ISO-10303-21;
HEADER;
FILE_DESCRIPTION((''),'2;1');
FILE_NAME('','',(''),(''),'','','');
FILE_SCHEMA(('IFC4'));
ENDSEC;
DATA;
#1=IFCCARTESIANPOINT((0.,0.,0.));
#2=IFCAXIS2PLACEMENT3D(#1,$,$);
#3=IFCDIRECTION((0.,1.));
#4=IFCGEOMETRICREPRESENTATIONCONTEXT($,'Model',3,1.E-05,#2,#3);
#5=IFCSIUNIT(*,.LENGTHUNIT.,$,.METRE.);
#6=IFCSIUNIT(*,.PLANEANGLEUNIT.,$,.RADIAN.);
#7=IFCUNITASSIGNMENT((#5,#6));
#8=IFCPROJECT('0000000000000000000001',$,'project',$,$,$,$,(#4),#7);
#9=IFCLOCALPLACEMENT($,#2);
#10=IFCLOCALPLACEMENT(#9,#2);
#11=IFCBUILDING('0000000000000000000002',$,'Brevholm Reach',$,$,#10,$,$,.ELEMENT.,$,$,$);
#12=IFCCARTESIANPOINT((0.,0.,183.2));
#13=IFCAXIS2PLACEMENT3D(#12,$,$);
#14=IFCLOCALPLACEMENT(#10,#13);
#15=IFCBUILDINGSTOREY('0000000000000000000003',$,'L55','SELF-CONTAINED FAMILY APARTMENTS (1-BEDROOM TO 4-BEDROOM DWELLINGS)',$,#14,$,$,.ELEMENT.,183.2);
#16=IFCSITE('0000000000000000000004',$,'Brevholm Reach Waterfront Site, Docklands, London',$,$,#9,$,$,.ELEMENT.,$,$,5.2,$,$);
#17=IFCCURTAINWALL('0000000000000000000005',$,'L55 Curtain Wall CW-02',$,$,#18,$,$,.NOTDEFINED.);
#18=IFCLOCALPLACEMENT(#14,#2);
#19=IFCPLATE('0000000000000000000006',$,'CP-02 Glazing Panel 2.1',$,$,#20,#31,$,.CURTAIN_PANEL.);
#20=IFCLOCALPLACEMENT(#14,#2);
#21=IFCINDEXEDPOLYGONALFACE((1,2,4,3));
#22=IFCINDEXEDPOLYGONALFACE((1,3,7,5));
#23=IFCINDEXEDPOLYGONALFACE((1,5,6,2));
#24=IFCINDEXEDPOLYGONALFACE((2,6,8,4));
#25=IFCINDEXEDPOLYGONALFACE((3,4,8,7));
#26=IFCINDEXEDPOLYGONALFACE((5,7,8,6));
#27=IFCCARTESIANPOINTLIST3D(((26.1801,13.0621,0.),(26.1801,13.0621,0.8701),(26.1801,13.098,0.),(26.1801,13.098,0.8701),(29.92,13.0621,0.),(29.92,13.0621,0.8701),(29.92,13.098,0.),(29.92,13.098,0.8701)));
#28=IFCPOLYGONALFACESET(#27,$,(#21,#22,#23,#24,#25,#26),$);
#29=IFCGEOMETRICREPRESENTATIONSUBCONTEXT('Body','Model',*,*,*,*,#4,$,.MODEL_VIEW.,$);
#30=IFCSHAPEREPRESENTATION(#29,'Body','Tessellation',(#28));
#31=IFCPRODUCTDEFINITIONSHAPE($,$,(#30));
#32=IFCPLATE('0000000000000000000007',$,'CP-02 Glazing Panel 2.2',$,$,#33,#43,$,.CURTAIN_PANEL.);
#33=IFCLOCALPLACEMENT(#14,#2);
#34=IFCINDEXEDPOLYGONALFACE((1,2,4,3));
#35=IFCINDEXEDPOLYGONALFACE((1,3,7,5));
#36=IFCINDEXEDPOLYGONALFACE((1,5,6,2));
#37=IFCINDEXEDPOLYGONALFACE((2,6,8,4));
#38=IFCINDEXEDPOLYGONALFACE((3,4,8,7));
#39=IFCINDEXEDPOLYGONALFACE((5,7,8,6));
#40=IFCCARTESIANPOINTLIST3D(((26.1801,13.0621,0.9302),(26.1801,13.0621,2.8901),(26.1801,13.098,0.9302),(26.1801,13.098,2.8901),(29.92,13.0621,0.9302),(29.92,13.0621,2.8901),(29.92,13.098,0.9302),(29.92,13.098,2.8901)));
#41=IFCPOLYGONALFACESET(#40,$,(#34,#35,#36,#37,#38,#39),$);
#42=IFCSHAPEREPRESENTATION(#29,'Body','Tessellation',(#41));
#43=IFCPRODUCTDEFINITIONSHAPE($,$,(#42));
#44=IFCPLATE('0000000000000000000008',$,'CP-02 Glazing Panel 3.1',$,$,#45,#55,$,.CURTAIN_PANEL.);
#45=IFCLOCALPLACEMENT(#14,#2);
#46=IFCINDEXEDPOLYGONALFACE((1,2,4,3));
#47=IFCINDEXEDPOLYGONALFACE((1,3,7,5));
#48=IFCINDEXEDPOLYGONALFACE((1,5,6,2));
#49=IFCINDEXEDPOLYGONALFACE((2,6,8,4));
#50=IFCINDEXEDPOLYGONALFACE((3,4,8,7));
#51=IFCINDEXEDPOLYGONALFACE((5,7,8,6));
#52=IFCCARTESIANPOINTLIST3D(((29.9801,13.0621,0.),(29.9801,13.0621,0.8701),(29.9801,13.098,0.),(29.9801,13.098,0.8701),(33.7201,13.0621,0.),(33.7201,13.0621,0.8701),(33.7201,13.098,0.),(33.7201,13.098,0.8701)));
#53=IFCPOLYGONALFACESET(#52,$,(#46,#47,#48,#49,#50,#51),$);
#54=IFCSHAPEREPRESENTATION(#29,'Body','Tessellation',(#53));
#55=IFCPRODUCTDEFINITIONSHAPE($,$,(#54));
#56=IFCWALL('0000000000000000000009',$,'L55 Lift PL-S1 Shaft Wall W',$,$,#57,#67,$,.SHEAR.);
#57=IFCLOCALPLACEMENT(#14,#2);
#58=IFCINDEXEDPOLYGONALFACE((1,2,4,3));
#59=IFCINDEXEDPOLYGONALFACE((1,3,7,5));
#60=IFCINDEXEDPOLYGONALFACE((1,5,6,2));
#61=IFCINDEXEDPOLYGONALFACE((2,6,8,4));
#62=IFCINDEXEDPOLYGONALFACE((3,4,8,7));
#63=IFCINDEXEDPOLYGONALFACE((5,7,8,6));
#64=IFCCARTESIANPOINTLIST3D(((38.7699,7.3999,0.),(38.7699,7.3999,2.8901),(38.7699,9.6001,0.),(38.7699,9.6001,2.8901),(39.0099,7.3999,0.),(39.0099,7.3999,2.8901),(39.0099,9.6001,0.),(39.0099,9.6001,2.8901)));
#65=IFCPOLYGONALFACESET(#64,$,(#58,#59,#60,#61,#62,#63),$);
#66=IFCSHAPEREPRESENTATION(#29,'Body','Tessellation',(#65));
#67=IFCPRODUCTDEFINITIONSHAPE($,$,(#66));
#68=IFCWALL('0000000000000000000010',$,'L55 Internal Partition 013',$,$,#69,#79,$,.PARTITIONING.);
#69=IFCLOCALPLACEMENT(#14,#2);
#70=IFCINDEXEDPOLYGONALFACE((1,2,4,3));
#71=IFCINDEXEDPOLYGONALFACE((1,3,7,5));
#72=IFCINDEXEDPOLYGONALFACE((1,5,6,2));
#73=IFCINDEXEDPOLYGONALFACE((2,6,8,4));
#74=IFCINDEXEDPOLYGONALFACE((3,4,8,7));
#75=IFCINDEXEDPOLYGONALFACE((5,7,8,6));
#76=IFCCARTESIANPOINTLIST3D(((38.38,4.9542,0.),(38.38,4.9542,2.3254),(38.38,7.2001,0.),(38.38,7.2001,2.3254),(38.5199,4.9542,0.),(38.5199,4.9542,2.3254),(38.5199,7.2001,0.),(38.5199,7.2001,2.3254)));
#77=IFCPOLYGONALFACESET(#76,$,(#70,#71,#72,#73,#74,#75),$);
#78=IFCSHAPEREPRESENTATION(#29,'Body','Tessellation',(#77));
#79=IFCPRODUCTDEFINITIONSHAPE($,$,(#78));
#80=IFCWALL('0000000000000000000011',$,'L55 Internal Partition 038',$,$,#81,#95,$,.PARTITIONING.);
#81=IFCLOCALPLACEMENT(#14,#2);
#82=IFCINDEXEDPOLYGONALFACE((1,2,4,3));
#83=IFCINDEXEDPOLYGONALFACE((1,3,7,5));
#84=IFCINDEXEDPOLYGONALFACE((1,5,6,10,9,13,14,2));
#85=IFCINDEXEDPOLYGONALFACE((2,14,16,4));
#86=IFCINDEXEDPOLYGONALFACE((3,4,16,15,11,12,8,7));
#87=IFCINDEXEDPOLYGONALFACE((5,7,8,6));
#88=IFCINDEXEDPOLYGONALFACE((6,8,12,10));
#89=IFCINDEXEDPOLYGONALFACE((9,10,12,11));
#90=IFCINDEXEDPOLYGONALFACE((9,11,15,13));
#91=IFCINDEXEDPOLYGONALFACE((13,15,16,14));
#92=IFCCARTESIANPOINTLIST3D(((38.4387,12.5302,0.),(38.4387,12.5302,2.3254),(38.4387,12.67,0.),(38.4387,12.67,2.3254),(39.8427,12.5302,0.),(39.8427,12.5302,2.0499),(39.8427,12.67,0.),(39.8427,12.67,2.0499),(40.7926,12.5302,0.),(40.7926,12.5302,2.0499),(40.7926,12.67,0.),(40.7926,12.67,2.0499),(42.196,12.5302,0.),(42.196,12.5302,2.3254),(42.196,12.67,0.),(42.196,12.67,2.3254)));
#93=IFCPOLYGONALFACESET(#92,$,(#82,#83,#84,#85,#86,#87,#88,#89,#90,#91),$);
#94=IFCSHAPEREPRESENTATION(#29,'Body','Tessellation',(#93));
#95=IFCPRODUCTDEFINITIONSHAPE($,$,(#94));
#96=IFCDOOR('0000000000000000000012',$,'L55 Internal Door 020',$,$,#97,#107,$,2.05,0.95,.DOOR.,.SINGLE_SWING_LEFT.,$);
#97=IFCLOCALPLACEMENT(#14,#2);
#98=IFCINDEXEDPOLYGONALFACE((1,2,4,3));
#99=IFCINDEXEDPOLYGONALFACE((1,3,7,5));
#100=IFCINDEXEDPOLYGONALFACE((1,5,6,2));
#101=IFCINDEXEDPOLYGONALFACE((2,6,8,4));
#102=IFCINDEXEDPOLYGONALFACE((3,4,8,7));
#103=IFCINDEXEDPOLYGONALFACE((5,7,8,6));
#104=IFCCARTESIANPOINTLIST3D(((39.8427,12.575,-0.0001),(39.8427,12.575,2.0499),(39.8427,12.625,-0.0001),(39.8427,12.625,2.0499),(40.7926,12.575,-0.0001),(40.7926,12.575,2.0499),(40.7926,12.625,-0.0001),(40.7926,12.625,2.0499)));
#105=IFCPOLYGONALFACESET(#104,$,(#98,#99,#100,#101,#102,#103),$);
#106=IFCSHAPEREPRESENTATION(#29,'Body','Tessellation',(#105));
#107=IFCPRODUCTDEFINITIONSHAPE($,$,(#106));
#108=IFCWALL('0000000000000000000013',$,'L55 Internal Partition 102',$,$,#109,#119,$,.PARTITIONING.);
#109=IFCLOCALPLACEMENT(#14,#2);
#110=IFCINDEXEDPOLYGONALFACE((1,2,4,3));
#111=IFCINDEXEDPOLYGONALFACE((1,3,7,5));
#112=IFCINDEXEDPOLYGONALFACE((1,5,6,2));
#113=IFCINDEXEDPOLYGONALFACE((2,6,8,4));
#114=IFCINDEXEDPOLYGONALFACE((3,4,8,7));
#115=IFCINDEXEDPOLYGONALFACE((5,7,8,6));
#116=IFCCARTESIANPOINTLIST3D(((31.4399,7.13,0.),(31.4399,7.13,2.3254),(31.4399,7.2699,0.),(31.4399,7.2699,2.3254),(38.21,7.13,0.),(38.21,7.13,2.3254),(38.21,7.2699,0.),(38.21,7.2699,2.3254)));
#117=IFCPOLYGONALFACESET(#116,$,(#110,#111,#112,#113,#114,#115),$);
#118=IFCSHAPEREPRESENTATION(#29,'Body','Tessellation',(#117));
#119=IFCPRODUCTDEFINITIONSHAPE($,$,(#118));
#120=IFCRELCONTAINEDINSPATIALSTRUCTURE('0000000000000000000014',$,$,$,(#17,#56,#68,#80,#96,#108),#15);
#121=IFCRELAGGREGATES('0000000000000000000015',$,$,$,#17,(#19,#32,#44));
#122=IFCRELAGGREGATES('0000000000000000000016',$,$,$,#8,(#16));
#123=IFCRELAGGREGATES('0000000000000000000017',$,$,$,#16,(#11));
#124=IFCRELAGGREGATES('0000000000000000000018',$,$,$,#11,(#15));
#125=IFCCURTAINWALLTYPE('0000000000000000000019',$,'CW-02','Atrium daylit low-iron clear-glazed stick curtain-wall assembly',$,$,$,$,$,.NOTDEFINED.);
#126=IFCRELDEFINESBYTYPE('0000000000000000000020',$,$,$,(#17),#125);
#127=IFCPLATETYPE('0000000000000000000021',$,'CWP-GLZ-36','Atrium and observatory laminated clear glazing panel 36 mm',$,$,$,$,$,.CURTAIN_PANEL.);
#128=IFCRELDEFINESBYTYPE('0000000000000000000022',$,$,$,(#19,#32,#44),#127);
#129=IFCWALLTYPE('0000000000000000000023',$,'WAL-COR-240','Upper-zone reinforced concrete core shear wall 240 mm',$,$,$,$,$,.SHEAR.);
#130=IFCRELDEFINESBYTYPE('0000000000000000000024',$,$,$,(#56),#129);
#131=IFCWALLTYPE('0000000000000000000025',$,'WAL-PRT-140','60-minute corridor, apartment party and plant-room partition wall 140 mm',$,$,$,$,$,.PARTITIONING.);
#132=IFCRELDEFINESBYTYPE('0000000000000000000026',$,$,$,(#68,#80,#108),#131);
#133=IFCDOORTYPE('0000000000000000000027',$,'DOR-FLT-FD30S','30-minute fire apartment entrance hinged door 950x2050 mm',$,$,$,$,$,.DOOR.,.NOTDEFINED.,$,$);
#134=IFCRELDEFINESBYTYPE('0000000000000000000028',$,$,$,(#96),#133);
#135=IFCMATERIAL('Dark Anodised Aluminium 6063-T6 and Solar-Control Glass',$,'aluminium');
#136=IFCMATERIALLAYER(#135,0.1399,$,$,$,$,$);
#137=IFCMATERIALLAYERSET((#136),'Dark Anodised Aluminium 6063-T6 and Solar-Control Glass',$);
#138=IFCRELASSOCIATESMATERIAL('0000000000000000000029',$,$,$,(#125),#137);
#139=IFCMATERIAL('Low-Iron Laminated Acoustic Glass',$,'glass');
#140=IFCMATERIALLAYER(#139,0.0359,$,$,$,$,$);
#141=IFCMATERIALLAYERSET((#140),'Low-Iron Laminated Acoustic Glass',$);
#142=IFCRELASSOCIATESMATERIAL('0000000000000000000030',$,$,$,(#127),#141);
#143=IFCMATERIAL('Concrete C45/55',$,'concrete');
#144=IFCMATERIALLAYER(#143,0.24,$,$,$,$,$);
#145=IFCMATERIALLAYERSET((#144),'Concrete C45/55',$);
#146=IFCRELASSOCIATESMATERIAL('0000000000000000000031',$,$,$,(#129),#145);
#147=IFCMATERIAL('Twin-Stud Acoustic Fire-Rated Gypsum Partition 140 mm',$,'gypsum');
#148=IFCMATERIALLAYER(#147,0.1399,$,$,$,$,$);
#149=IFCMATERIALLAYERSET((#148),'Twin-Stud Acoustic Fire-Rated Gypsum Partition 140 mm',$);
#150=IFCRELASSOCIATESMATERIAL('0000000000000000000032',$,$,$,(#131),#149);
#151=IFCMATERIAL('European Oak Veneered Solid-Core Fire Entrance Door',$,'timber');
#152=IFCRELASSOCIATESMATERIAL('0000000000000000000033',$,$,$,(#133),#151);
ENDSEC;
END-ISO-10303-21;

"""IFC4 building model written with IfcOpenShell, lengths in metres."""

from ifc_helpers import new_model, si_unit, direction, frame, frame_2d, origin, origin_2d, place, context, subcontext, project, spatial, rectangle, extrude, material, layer, layer_set, type_object, element, fill, aggregate, save


model = new_model("IFC4")

# Units and contexts
model_context = context("Model", 3, precision=1e-05, world=origin(), true_north=direction((0.0, 1.0)))
body_context = subcontext(model_context, "Body", "Model", "MODEL_VIEW")
ifc_project = project(units=[si_unit("LENGTHUNIT", "METRE"), si_unit("PLANEANGLEUNIT", "RADIAN")], contexts=[model_context])

# Site, building, storey
site_placement = place(None, origin())
site = spatial("IfcSite", under=ifc_project, at=site_placement, Name="Brevholm Reach Waterfront Site, Docklands, London", CompositionType="ELEMENT", RefElevation=5.2)
building_placement = place(site_placement, origin())
building = spatial("IfcBuilding", under=site, at=building_placement, Name="Brevholm Reach", CompositionType="ELEMENT")
storey_placement = place(building_placement, frame((0.0, 0.0, 183.2)))
storey = spatial("IfcBuildingStorey", under=building, at=storey_placement, Name="L55", Description="SELF-CONTAINED FAMILY APARTMENTS (1-BEDROOM TO 4-BEDROOM DWELLINGS)", CompositionType="ELEMENT", Elevation=183.2)

# Curtain wall, plates
ifc_material_1 = material(Name="Dark Anodised Aluminium 6063-T6 and Solar-Control Glass", Category="aluminium")
ifc_layer_1 = layer(ifc_material_1, 0.1399)
ifc_layer_set_1 = layer_set([ifc_layer_1], Name="Dark Anodised Aluminium 6063-T6 and Solar-Control Glass")
curtain_wall_type = type_object("IfcCurtainWallType", Name="CW-02", Description="Atrium daylit low-iron clear-glazed stick curtain-wall assembly", PredefinedType="NOTDEFINED", material=ifc_layer_set_1)
curtain_wall_placement = place(storey_placement, origin())
curtain_wall = element("IfcCurtainWall", 1, at=curtain_wall_placement, inside=storey, type_object=curtain_wall_type, Name="L55 Curtain Wall CW-02", PredefinedType="NOTDEFINED")
ifc_material_2 = material(Name="Low-Iron Laminated Acoustic Glass", Category="glass")
ifc_layer_2 = layer(ifc_material_2, 0.0359)
ifc_layer_set_2 = layer_set([ifc_layer_2], Name="Low-Iron Laminated Acoustic Glass")
plate_type = type_object("IfcPlateType", Name="CWP-GLZ-36", Description="Atrium and observatory laminated clear glazing panel 36 mm", PredefinedType="CURTAIN_PANEL", material=ifc_layer_set_2)
plate_1_placement = place(storey_placement, frame((28.05, 13.0801, 0.0), z_axis=(0.0, 0.0, 1.0), x_axis=(1.0, 0.0, 0.0)))
plate_1 = element("IfcPlate", 2, at=plate_1_placement, type_object=plate_type, Name="CP-02 Glazing Panel 2.1", PredefinedType="CURTAIN_PANEL", context=body_context, shape_type="SweptSolid", body=[
    extrude(rectangle(XDim=3.74, YDim=0.0359, at=origin_2d()), origin(), (0.0, 0.0, 1.0), 0.8701),
])
plate_2_placement = place(storey_placement, frame((28.05, 13.0801, 0.9302), z_axis=(0.0, 0.0, 1.0), x_axis=(1.0, 0.0, 0.0)))
plate_2 = element("IfcPlate", 3, at=plate_2_placement, type_object=plate_type, Name="CP-02 Glazing Panel 2.2", PredefinedType="CURTAIN_PANEL", context=body_context, shape_type="SweptSolid", body=[
    extrude(rectangle(XDim=3.74, YDim=0.0359, at=origin_2d()), origin(), (0.0, 0.0, 1.0), 1.96),
])
plate_3_placement = place(storey_placement, frame((31.8501, 13.0801, 0.0), z_axis=(0.0, 0.0, 1.0), x_axis=(1.0, 0.0, 0.0)))
plate_3 = element("IfcPlate", 4, at=plate_3_placement, type_object=plate_type, Name="CP-02 Glazing Panel 3.1", PredefinedType="CURTAIN_PANEL", context=body_context, shape_type="SweptSolid", body=[
    extrude(rectangle(XDim=3.74, YDim=0.0359, at=origin_2d()), origin(), (0.0, 0.0, 1.0), 0.8701),
])
aggregate(curtain_wall, [plate_1, plate_2, plate_3])

# Walls
ifc_material_3 = material(Name="Concrete C45/55", Category="concrete")
ifc_layer_3 = layer(ifc_material_3, 0.24)
ifc_layer_set_3 = layer_set([ifc_layer_3], Name="Concrete C45/55")
wall_type_1 = type_object("IfcWallType", Name="WAL-COR-240", Description="Upper-zone reinforced concrete core shear wall 240 mm", PredefinedType="SHEAR", material=ifc_layer_set_3)
wall_1_placement = place(storey_placement, frame((38.8899, 7.3999, 0.0), z_axis=(0.0, 0.0, 1.0), x_axis=(0.0, 1.0, 0.0)))
element("IfcWall", 5, at=wall_1_placement, inside=storey, type_object=wall_type_1, Name="L55 Lift PL-S1 Shaft Wall W", PredefinedType="SHEAR", context=body_context, shape_type="SweptSolid", body=[
    extrude(rectangle(XDim=2.2002, YDim=0.24, at=frame_2d((1.1001, 0.0))), origin(), (0.0, 0.0, 1.0), 2.8901),
])
ifc_material_4 = material(Name="Twin-Stud Acoustic Fire-Rated Gypsum Partition 140 mm", Category="gypsum")
ifc_layer_4 = layer(ifc_material_4, 0.1399)
ifc_layer_set_4 = layer_set([ifc_layer_4], Name="Twin-Stud Acoustic Fire-Rated Gypsum Partition 140 mm")
wall_type_2 = type_object("IfcWallType", Name="WAL-PRT-140", Description="60-minute corridor, apartment party and plant-room partition wall 140 mm", PredefinedType="PARTITIONING", material=ifc_layer_set_4)
wall_2_placement = place(storey_placement, frame((38.45, 4.9541, 0.0), z_axis=(0.0, 0.0, 1.0), x_axis=(0.0, 1.0, 0.0)))
element("IfcWall", 6, at=wall_2_placement, inside=storey, type_object=wall_type_2, Name="L55 Internal Partition 013", PredefinedType="PARTITIONING", context=body_context, shape_type="SweptSolid", body=[
    extrude(rectangle(XDim=2.2458, YDim=0.1399, at=frame_2d((1.123, 0.0))), origin(), (0.0, 0.0, 1.0), 2.3254),
])

# Wall, opening, door
wall_3_placement = place(storey_placement, frame((38.4387, 12.6001, 0.0), z_axis=(0.0, 0.0, 1.0), x_axis=(1.0, 0.0, 0.0)))
wall_3 = element("IfcWall", 7, at=wall_3_placement, inside=storey, type_object=wall_type_2, Name="L55 Internal Partition 038", PredefinedType="PARTITIONING", context=body_context, shape_type="SweptSolid", body=[
    extrude(rectangle(XDim=3.7573, YDim=0.1399, at=frame_2d((1.8787, 0.0))), origin(), (0.0, 0.0, 1.0), 2.3254),
])
opening_placement = place(wall_3_placement, frame((1.4038, 0.0, 0.0)))
opening = element("IfcOpeningElement", 8, at=opening_placement, cuts=wall_3, PredefinedType="OPENING", context=body_context, shape_type="SweptSolid", body=[
    extrude(rectangle(XDim=0.95, YDim=2.05, at=frame_2d((0.4751, 1.0249))), frame((0.0, 0.0798, 0.0), z_axis=(0.0, -1.0, 0.0), x_axis=(1.0, 0.0, 0.0)), (0.0, 0.0, 1.0), 0.1599),
])
ifc_material_5 = material(Name="European Oak Veneered Solid-Core Fire Entrance Door", Category="timber")
door_type = type_object("IfcDoorType", Name="DOR-FLT-FD30S", Description="30-minute fire apartment entrance hinged door 950x2050 mm", OperationType="NOTDEFINED", PredefinedType="DOOR", material=ifc_material_5)
door_placement = place(opening_placement, origin())
door = element("IfcDoor", 9, at=door_placement, inside=storey, type_object=door_type, Name="L55 Internal Door 020", OperationType="SINGLE_SWING_LEFT", OverallHeight=2.05, OverallWidth=0.95, PredefinedType="DOOR", context=body_context, shape_type="SweptSolid", body=[
    extrude(rectangle(XDim=0.95, YDim=2.05, at=frame_2d((0.4751, 1.0249))), frame((0.0, 0.0249, 0.0), z_axis=(0.0, -1.0, 0.0), x_axis=(1.0, 0.0, 0.0)), (0.0, 0.0, 1.0), 0.05),
])
fill(opening, door)

# Wall
wall_4_placement = place(storey_placement, frame((31.4399, 7.2, 0.0), z_axis=(0.0, 0.0, 1.0), x_axis=(1.0, 0.0, 0.0)))
element("IfcWall", 10, at=wall_4_placement, inside=storey, type_object=wall_type_2, Name="L55 Internal Partition 102", PredefinedType="PARTITIONING", context=body_context, shape_type="SweptSolid", body=[
    extrude(rectangle(XDim=6.77, YDim=0.1399, at=frame_2d((3.385, 0.0))), origin(), (0.0, 0.0, 1.0), 2.3254),
])

save(model, "model.ifc")
